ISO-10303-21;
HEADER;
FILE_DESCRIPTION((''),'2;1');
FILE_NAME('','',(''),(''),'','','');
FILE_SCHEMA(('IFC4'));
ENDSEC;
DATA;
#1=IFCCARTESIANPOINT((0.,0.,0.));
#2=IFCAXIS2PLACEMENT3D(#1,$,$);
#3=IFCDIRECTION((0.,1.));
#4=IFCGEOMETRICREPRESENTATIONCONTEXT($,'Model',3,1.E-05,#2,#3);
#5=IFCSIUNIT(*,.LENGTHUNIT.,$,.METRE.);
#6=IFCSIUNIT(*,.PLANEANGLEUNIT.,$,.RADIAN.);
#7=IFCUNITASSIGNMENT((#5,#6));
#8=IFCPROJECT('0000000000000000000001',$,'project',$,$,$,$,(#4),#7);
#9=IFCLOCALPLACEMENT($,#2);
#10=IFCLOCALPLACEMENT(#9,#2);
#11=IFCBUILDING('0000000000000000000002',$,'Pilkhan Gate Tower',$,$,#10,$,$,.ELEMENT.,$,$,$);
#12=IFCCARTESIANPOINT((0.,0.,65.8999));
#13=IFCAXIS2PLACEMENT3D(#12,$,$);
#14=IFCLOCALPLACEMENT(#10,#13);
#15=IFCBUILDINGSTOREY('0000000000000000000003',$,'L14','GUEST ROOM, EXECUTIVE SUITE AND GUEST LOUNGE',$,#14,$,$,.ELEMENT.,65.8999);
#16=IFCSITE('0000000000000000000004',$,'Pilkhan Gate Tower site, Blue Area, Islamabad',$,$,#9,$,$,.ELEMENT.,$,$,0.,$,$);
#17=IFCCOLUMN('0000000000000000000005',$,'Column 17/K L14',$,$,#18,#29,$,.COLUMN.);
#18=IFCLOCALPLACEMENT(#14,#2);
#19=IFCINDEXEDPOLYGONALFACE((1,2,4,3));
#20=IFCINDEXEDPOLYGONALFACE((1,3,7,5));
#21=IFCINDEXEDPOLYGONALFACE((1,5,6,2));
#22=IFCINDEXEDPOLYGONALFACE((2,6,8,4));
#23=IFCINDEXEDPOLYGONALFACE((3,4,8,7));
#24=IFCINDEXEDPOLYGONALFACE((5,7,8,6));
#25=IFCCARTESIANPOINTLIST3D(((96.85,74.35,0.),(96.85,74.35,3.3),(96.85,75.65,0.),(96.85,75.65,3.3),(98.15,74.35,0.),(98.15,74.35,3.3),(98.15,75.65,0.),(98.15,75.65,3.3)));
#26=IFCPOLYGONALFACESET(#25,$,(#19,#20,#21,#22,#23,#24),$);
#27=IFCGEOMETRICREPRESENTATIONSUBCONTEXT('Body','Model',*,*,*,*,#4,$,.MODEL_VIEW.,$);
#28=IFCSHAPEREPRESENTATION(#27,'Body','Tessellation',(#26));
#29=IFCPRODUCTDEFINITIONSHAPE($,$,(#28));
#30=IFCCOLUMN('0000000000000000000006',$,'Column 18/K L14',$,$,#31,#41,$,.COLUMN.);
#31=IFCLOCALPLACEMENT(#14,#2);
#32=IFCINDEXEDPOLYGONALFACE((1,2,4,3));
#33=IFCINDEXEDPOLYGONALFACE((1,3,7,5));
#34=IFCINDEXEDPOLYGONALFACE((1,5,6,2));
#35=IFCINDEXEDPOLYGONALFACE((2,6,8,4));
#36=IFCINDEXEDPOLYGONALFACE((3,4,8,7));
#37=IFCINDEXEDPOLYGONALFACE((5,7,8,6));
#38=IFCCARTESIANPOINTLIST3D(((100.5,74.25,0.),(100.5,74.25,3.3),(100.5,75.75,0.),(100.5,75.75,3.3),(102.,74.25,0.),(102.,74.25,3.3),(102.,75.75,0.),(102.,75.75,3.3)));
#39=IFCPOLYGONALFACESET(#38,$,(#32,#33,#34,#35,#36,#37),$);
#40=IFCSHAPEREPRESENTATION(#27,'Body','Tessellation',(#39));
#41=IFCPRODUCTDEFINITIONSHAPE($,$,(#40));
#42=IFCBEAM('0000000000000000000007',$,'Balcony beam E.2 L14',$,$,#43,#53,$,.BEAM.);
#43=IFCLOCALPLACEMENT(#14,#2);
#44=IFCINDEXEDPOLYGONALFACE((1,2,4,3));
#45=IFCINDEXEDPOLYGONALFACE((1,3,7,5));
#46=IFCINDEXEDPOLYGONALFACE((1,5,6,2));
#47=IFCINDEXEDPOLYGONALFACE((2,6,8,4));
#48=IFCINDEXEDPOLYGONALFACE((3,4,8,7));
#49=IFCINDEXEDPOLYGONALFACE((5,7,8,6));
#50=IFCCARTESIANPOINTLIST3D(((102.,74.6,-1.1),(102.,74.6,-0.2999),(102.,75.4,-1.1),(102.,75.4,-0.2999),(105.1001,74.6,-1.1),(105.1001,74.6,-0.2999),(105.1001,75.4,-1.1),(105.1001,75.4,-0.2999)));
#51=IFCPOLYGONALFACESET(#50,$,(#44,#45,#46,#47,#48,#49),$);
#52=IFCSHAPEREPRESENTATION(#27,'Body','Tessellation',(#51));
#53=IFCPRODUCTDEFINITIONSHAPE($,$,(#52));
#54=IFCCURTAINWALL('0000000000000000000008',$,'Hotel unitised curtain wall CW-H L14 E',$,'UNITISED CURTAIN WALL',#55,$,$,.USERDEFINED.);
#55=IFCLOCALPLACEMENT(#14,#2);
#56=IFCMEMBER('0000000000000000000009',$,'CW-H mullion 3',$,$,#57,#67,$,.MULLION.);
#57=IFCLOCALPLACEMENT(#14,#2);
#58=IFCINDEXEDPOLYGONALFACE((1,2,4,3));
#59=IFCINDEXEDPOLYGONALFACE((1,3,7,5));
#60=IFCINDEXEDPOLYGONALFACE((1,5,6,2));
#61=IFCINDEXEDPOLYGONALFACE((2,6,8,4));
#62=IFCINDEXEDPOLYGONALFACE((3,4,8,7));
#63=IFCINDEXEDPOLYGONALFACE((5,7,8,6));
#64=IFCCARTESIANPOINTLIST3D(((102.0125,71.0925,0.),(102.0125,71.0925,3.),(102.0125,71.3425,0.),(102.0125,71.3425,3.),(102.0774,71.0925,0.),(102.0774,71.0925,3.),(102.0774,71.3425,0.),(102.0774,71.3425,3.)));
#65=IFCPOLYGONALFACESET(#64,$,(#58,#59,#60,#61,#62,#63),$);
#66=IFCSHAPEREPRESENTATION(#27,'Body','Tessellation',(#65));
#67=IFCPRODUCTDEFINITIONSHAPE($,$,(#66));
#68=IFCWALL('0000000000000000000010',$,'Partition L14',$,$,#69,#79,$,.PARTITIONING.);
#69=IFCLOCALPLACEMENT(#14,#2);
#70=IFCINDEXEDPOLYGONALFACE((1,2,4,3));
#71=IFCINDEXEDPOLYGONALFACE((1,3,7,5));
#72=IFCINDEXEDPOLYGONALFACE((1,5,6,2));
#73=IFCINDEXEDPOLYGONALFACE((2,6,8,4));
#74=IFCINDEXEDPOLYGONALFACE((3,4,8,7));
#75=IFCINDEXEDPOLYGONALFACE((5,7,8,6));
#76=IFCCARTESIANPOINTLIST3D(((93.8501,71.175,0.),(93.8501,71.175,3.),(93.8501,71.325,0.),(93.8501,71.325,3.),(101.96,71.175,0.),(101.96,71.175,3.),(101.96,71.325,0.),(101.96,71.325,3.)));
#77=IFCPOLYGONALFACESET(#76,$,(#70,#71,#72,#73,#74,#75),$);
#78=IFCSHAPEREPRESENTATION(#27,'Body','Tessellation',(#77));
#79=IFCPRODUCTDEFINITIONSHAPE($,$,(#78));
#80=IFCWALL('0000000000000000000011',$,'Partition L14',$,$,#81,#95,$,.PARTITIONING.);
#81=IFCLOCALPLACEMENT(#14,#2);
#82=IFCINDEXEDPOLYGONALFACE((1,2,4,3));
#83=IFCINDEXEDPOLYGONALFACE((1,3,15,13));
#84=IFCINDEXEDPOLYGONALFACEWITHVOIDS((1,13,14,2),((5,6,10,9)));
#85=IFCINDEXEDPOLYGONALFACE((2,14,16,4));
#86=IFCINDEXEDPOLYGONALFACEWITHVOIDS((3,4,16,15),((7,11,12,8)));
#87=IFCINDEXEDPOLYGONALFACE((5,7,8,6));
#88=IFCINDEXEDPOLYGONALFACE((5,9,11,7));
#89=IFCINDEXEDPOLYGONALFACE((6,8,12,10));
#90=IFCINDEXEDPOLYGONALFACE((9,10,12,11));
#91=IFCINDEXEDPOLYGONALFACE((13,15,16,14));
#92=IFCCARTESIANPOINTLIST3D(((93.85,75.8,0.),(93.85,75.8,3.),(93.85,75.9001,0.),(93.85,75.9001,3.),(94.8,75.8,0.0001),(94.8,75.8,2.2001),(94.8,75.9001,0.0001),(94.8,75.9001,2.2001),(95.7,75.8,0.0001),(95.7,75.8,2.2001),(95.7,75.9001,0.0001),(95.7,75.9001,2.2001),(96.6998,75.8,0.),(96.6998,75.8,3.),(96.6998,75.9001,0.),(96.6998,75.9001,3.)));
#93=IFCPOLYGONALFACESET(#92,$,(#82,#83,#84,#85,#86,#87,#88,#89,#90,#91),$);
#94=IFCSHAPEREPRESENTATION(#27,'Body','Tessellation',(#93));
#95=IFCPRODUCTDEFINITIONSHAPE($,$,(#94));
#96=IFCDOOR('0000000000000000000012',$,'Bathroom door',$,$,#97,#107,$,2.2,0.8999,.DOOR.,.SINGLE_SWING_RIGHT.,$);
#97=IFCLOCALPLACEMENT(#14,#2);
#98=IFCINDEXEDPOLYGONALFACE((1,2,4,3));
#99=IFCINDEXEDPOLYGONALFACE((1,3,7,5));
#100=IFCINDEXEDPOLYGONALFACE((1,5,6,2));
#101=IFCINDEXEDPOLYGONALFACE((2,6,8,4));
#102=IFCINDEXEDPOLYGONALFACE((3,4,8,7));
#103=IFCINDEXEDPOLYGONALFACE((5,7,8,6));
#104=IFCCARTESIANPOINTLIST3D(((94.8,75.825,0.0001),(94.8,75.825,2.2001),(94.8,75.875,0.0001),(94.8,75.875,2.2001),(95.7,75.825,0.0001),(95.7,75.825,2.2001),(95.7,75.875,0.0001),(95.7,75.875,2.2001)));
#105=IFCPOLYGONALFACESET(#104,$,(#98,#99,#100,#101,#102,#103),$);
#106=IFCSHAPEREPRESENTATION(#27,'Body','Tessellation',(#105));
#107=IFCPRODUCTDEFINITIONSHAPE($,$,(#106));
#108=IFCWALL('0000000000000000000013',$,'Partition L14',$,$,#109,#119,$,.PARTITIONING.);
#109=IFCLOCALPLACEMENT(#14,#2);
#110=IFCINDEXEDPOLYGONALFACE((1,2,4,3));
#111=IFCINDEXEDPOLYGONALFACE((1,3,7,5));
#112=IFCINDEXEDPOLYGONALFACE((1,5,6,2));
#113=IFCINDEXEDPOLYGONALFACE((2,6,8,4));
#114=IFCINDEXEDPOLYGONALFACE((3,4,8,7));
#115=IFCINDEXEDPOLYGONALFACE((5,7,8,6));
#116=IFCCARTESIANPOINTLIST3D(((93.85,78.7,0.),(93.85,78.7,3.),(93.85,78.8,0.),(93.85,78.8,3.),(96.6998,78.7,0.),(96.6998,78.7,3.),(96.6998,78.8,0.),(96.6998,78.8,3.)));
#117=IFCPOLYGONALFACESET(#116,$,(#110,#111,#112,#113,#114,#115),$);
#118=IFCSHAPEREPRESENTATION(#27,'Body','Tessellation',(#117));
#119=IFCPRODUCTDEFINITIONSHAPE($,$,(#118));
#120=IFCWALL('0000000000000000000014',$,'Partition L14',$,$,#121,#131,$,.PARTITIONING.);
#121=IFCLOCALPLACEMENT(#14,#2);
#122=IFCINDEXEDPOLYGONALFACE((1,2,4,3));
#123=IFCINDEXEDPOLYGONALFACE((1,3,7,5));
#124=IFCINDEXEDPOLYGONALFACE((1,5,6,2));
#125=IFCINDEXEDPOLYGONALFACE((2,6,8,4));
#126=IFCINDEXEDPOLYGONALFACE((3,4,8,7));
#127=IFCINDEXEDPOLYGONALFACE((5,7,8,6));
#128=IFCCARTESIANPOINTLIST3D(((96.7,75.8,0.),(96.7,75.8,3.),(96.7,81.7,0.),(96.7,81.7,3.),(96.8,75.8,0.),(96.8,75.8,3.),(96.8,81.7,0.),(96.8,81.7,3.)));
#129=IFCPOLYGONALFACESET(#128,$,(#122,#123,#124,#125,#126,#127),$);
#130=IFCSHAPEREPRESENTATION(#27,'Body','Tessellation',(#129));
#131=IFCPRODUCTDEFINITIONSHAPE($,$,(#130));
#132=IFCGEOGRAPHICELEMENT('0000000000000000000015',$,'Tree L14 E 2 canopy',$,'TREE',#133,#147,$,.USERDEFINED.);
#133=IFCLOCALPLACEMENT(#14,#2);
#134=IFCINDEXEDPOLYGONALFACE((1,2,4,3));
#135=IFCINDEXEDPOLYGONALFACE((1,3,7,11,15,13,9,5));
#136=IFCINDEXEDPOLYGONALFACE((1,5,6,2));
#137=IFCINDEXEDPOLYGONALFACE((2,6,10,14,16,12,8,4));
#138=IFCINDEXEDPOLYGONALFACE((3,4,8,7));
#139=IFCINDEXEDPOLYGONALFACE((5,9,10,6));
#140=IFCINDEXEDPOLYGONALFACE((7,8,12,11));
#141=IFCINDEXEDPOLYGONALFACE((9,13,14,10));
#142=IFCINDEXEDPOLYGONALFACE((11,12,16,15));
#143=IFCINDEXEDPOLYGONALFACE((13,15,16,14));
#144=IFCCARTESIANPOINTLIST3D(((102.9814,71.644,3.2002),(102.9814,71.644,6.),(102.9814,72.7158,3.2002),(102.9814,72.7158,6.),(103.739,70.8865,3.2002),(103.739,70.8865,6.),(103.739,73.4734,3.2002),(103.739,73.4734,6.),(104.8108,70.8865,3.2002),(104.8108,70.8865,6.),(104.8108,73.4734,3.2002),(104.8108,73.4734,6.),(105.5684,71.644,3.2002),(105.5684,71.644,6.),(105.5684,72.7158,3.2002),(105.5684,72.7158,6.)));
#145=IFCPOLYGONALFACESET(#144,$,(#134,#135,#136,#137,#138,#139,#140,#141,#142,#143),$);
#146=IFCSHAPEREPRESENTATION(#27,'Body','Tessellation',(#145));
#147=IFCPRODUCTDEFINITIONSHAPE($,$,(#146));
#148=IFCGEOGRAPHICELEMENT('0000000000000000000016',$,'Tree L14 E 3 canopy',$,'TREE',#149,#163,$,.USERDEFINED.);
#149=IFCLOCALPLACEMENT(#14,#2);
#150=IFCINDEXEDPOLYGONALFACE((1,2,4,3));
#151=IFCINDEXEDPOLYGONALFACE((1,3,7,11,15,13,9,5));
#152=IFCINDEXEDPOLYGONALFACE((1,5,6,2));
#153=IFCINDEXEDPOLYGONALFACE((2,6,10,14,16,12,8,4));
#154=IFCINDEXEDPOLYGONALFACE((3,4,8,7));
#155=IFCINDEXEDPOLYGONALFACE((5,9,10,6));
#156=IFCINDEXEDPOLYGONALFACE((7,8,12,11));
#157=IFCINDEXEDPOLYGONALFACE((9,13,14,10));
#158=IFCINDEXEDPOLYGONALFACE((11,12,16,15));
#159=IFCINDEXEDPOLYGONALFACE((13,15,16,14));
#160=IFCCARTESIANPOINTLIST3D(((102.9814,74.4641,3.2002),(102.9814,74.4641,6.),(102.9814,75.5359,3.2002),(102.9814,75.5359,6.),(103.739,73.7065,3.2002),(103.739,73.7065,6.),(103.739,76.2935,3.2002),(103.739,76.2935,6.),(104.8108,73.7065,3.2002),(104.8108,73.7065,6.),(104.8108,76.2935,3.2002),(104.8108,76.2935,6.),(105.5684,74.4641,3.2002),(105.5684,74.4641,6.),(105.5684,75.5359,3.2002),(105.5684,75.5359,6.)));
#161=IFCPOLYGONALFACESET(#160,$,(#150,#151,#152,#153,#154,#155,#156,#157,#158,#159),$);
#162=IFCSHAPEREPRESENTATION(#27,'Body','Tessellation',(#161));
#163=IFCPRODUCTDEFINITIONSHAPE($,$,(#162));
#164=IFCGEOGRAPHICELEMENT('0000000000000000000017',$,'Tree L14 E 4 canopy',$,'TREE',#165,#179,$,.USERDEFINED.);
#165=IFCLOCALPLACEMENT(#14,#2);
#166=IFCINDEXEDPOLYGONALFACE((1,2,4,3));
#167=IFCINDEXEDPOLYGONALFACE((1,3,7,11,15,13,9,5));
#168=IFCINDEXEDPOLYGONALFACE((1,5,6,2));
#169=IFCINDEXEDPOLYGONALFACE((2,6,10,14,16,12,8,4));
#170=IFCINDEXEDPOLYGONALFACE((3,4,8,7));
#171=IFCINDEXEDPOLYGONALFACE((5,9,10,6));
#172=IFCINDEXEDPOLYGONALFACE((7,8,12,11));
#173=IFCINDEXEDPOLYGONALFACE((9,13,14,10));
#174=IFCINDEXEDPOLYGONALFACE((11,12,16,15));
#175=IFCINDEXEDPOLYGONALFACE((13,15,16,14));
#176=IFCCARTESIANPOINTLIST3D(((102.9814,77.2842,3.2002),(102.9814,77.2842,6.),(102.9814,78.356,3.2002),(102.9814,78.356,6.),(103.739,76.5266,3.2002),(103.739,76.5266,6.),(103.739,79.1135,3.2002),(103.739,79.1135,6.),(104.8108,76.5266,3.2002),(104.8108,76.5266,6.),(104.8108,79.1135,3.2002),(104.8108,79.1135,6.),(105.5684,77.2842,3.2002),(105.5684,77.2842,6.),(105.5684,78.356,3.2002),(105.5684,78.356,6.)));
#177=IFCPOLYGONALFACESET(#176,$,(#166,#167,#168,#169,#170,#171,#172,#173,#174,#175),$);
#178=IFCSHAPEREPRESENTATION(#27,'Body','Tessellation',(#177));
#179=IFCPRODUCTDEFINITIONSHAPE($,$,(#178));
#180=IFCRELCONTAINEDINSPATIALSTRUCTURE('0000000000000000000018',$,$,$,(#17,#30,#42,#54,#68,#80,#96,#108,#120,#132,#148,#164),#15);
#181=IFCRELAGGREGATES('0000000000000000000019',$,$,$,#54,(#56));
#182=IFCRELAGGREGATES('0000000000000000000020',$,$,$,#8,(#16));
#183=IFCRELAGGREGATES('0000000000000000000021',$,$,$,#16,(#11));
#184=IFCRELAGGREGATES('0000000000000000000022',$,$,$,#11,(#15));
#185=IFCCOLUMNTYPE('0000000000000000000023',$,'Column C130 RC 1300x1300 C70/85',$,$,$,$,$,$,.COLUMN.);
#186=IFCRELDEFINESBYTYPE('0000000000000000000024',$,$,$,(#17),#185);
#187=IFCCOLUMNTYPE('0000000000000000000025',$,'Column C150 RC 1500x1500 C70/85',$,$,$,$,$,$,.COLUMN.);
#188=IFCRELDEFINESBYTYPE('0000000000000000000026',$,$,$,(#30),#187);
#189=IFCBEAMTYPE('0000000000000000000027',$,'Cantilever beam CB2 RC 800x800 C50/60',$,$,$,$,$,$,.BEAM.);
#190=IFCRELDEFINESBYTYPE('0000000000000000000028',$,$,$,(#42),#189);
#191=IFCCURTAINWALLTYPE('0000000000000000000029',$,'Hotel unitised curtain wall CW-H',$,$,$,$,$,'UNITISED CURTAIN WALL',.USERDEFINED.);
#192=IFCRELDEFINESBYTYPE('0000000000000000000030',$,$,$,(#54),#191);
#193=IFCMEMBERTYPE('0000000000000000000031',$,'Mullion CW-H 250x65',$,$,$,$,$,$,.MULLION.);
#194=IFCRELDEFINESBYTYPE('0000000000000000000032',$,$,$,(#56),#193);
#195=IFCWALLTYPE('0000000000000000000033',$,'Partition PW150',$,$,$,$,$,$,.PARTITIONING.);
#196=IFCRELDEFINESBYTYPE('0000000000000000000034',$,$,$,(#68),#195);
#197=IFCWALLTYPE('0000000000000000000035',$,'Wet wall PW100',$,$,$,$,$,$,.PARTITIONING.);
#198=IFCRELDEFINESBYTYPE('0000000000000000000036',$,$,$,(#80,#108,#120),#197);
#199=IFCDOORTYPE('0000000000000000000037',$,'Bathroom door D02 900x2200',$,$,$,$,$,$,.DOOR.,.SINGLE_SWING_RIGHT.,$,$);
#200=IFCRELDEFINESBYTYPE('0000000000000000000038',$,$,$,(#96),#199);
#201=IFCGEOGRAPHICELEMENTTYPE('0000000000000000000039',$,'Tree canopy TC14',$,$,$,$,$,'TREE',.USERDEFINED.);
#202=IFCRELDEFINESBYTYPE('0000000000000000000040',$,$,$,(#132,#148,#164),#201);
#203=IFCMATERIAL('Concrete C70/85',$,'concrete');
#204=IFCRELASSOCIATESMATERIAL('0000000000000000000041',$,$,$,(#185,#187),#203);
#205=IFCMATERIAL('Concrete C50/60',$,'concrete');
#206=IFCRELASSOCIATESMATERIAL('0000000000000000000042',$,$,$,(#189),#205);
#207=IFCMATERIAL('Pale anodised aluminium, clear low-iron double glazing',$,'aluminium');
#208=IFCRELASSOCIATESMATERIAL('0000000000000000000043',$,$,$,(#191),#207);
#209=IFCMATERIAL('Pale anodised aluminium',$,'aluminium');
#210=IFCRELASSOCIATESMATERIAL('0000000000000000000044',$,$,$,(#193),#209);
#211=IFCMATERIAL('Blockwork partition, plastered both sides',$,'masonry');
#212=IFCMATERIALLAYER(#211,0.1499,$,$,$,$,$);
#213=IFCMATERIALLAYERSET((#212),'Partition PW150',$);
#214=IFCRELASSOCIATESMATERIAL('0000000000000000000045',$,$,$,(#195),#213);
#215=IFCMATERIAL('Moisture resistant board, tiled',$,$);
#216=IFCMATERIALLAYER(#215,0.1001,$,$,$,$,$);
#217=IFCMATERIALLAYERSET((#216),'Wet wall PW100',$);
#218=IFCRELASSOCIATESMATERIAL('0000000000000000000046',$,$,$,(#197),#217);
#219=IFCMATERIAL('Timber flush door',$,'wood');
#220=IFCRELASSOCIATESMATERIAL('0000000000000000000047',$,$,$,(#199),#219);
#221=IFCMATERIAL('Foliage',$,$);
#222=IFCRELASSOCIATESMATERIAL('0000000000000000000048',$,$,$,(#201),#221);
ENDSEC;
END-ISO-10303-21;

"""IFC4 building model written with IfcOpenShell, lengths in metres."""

from ifc_helpers import new_model, si_unit, direction, frame, frame_2d, origin, origin_2d, place, context, subcontext, project, spatial, polyline, rectangle, outline, extrude, material, layer, layer_set, material_profile, profile_set, type_object, element, fill, aggregate, save


model = new_model("IFC4")

# Units and contexts
model_context = context("Model", 3, precision=1e-05, world=origin(), true_north=direction((0.0, 1.0)))
body_context = subcontext(model_context, "Body", "Model", "MODEL_VIEW")
ifc_project = project(units=[si_unit("LENGTHUNIT", "METRE"), si_unit("PLANEANGLEUNIT", "RADIAN")], contexts=[model_context])

# Site, building, storey
site_placement = place(None, origin())
site = spatial("IfcSite", under=ifc_project, at=site_placement, Name="Pilkhan Gate Tower site, Blue Area, Islamabad", CompositionType="ELEMENT", RefElevation=0.0)
building_placement = place(site_placement, origin())
building = spatial("IfcBuilding", under=site, at=building_placement, Name="Pilkhan Gate Tower", CompositionType="ELEMENT")
storey_placement = place(building_placement, frame((0.0, 0.0, 65.8999)))
storey = spatial("IfcBuildingStorey", under=building, at=storey_placement, Name="L14", Description="GUEST ROOM, EXECUTIVE SUITE AND GUEST LOUNGE", CompositionType="ELEMENT", Elevation=65.8999)

# Columns
ifc_material_1 = material(Name="Concrete C70/85", Category="concrete")
ifc_material_profile_1 = material_profile(ifc_material_1, rectangle(XDim=1.3, YDim=1.3, at=origin_2d()), Name="RC 1300x1300")
ifc_profile_set_1 = profile_set([ifc_material_profile_1], Name="Concrete C70/85")
column_type_1 = type_object("IfcColumnType", Name="Column C130 RC 1300x1300 C70/85", PredefinedType="COLUMN", material=ifc_profile_set_1)
column_1_placement = place(storey_placement, frame((97.5, 75.0, 0.0), z_axis=(0.0, 0.0, 1.0), x_axis=(1.0, 0.0, 0.0)))
element("IfcColumn", 1, at=column_1_placement, inside=storey, type_object=column_type_1, Name="Column 17/K L14", PredefinedType="COLUMN", context=body_context, shape_type="SweptSolid", body=[
    extrude(rectangle(XDim=1.3, YDim=1.3, at=origin_2d()), origin(), (0.0, 0.0, 1.0), 3.3),
])
ifc_material_profile_2 = material_profile(ifc_material_1, rectangle(XDim=1.5, YDim=1.5, at=origin_2d()), Name="RC 1500x1500")
ifc_profile_set_2 = profile_set([ifc_material_profile_2], Name="Concrete C70/85")
column_type_2 = type_object("IfcColumnType", Name="Column C150 RC 1500x1500 C70/85", PredefinedType="COLUMN", material=ifc_profile_set_2)
column_2_placement = place(storey_placement, frame((101.25, 75.0, 0.0), z_axis=(0.0, 0.0, 1.0), x_axis=(1.0, 0.0, 0.0)))
element("IfcColumn", 2, at=column_2_placement, inside=storey, type_object=column_type_2, Name="Column 18/K L14", PredefinedType="COLUMN", context=body_context, shape_type="SweptSolid", body=[
    extrude(rectangle(XDim=1.5, YDim=1.5, at=origin_2d()), origin(), (0.0, 0.0, 1.0), 3.3),
])

# Beam
ifc_material_2 = material(Name="Concrete C50/60", Category="concrete")
ifc_material_profile_3 = material_profile(ifc_material_2, rectangle(XDim=0.8, YDim=0.8, at=origin_2d()), Name="RC 800x800")
ifc_profile_set_3 = profile_set([ifc_material_profile_3], Name="Concrete C50/60")
beam_type = type_object("IfcBeamType", Name="Cantilever beam CB2 RC 800x800 C50/60", PredefinedType="BEAM", material=ifc_profile_set_3)
beam_placement = place(storey_placement, frame((102.0, 75.0, -0.7), z_axis=(1.0, 0.0, 0.0), x_axis=(0.0, 1.0, 0.0)))
element("IfcBeam", 3, at=beam_placement, inside=storey, type_object=beam_type, Name="Balcony beam E.2 L14", PredefinedType="BEAM", context=body_context, shape_type="SweptSolid", body=[
    extrude(rectangle(XDim=0.8, YDim=0.8, at=origin_2d()), origin(), (0.0, 0.0, 1.0), 3.1001),
])

# Curtain wall, member
ifc_material_3 = material(Name="Pale anodised aluminium, clear low-iron double glazing", Category="aluminium")
curtain_wall_type = type_object("IfcCurtainWallType", Name="Hotel unitised curtain wall CW-H", ElementType="UNITISED CURTAIN WALL", PredefinedType="USERDEFINED", material=ifc_material_3)
curtain_wall_placement = place(storey_placement, origin())
curtain_wall = element("IfcCurtainWall", 4, at=curtain_wall_placement, inside=storey, type_object=curtain_wall_type, Name="Hotel unitised curtain wall CW-H L14 E", ObjectType="UNITISED CURTAIN WALL", PredefinedType="USERDEFINED")
ifc_material_4 = material(Name="Pale anodised aluminium", Category="aluminium")
ifc_material_profile_4 = material_profile(ifc_material_4, rectangle(XDim=0.0649, YDim=0.25, at=origin_2d()), Name="Mullion 250x65")
ifc_profile_set_4 = profile_set([ifc_material_profile_4], Name="Pale anodised aluminium")
member_type = type_object("IfcMemberType", Name="Mullion CW-H 250x65", PredefinedType="MULLION", material=ifc_profile_set_4)
member_placement = place(storey_placement, frame((102.0449, 71.2175, 0.0), z_axis=(0.0, 0.0, 1.0), x_axis=(-1.0, 0.0, 0.0)))
member = element("IfcMember", 5, at=member_placement, type_object=member_type, Name="CW-H mullion 3", PredefinedType="MULLION", context=body_context, shape_type="SweptSolid", body=[
    extrude(rectangle(XDim=0.0649, YDim=0.25, at=origin_2d()), origin(), (0.0, 0.0, 1.0), 3.0),
])
aggregate(curtain_wall, [member])

# Wall
ifc_material_5 = material(Name="Blockwork partition, plastered both sides", Category="masonry")
ifc_layer_1 = layer(ifc_material_5, 0.1499)
ifc_layer_set_1 = layer_set([ifc_layer_1], Name="Partition PW150")
wall_type_1 = type_object("IfcWallType", Name="Partition PW150", PredefinedType="PARTITIONING", material=ifc_layer_set_1)
wall_1_placement = place(storey_placement, frame((93.8501, 71.25, 0.0), z_axis=(0.0, 0.0, 1.0), x_axis=(1.0, 0.0, 0.0)))
element("IfcWall", 6, at=wall_1_placement, inside=storey, type_object=wall_type_1, Name="Partition L14", PredefinedType="PARTITIONING", context=body_context, shape_type="SweptSolid", body=[
    extrude(rectangle(XDim=8.1099, YDim=0.1499, at=frame_2d((4.0549, 0.0))), origin(), (0.0, 0.0, 1.0), 3.0),
])

# Wall, opening, door
ifc_material_6 = material(Name="Moisture resistant board, tiled")
ifc_layer_2 = layer(ifc_material_6, 0.1001)
ifc_layer_set_2 = layer_set([ifc_layer_2], Name="Wet wall PW100")
wall_type_2 = type_object("IfcWallType", Name="Wet wall PW100", PredefinedType="PARTITIONING", material=ifc_layer_set_2)
wall_2_placement = place(storey_placement, frame((93.8501, 75.8501, 0.0), z_axis=(0.0, 0.0, 1.0), x_axis=(1.0, 0.0, 0.0)))
wall_2 = element("IfcWall", 7, at=wall_2_placement, inside=storey, type_object=wall_type_2, Name="Partition L14", PredefinedType="PARTITIONING", context=body_context, shape_type="SweptSolid", body=[
    extrude(rectangle(XDim=2.8499, YDim=0.1001, at=frame_2d((1.4248, 0.0))), origin(), (0.0, 0.0, 1.0), 3.0),
])
opening_1_placement = place(wall_2_placement, frame((0.95, 0.0, 0.0)))
opening_1 = element("IfcOpeningElement", 8, at=opening_1_placement, cuts=wall_2, PredefinedType="OPENING", context=body_context, shape_type="SweptSolid", body=[
    extrude(rectangle(XDim=0.8999, YDim=2.2, at=frame_2d((0.45, 1.1001))), frame((0.0, 0.0601, 0.0), z_axis=(0.0, -1.0, 0.0), x_axis=(1.0, 0.0, 0.0)), (0.0, 0.0, 1.0), 0.1201),
])
ifc_material_7 = material(Name="Timber flush door", Category="wood")
door_type_1 = type_object("IfcDoorType", Name="Bathroom door D02 900x2200", OperationType="SINGLE_SWING_RIGHT", PredefinedType="DOOR", material=ifc_material_7)
door_1_placement = place(opening_1_placement, origin())
door_1 = element("IfcDoor", 9, at=door_1_placement, inside=storey, type_object=door_type_1, Name="Bathroom door", OperationType="SINGLE_SWING_RIGHT", OverallHeight=2.2, OverallWidth=0.8999, PredefinedType="DOOR", context=body_context, shape_type="SweptSolid", body=[
    extrude(rectangle(XDim=0.8999, YDim=2.2, at=frame_2d((0.45, 1.1001))), frame((0.0, 0.0249, 0.0), z_axis=(0.0, -1.0, 0.0), x_axis=(1.0, 0.0, 0.0)), (0.0, 0.0, 1.0), 0.05),
])
fill(opening_1, door_1)

# Walls
wall_3_placement = place(storey_placement, frame((93.8501, 78.75, 0.0), z_axis=(0.0, 0.0, 1.0), x_axis=(1.0, 0.0, 0.0)))
element("IfcWall", 10, at=wall_3_placement, inside=storey, type_object=wall_type_2, Name="Partition L14", PredefinedType="PARTITIONING", context=body_context, shape_type="SweptSolid", body=[
    extrude(rectangle(XDim=2.8499, YDim=0.1001, at=frame_2d((1.4248, 0.0))), origin(), (0.0, 0.0, 1.0), 3.0),
])
wall_4_placement = place(storey_placement, frame((96.75, 75.8, 0.0), z_axis=(0.0, 0.0, 1.0), x_axis=(0.0, 1.0, 0.0)))
element("IfcWall", 11, at=wall_4_placement, inside=storey, type_object=wall_type_2, Name="Partition L14", PredefinedType="PARTITIONING", context=body_context, shape_type="SweptSolid", body=[
    extrude(rectangle(XDim=5.8999, YDim=0.1001, at=frame_2d((2.95, 0.0))), origin(), (0.0, 0.0, 1.0), 3.0),
])

# Geographic elements
ifc_material_8 = material(Name="Foliage")
ifc_material_profile_5 = material_profile(ifc_material_8, outline(polyline([(1.2935, 0.5359), (0.5359, 1.2935), (-0.5359, 1.2935), (-1.2935, 0.5359), (-1.2935, -0.5359), (-0.5359, -1.2935), (0.5359, -1.2935), (1.2935, -0.5359), (1.2935, 0.5359)])), Name="Canopy D2.8")
ifc_profile_set_5 = profile_set([ifc_material_profile_5], Name="Foliage")
geographic_element_type_1 = type_object("IfcGeographicElementType", Name="Tree canopy TC14", ElementType="TREE", PredefinedType="USERDEFINED", material=ifc_profile_set_5)
for number, where, z_axis, x_axis, name in (
    (12, (104.2749, 72.1799, 3.2002), (0.0, 0.0, 1.0), (1.0, 0.0, 0.0), "Tree L14 E 2 canopy"),
    (13, (104.2749, 75.0, 3.2002), (0.0, 0.0, 1.0), (1.0, 0.0, 0.0), "Tree L14 E 3 canopy"),
    (14, (104.2749, 77.8201, 3.2002), (0.0, 0.0, 1.0), (1.0, 0.0, 0.0), "Tree L14 E 4 canopy"),
):
    element("IfcGeographicElement", number, at=place(storey_placement, frame(where, z_axis=z_axis, x_axis=x_axis)), inside=storey, type_object=geographic_element_type_1, Name=name, ObjectType="TREE", PredefinedType="USERDEFINED", context=body_context, shape_type="SweptSolid", body=[
        extrude(outline(polyline([(1.2935, 0.5359), (0.5359, 1.2935), (-0.5359, 1.2935), (-1.2935, 0.5359), (-1.2935, -0.5359), (-0.5359, -1.2935), (0.5359, -1.2935), (1.2935, -0.5359), (1.2935, 0.5359)])), origin(), (0.0, 0.0, 1.0), 2.7998),
    ])

save(model, "model.ifc")
